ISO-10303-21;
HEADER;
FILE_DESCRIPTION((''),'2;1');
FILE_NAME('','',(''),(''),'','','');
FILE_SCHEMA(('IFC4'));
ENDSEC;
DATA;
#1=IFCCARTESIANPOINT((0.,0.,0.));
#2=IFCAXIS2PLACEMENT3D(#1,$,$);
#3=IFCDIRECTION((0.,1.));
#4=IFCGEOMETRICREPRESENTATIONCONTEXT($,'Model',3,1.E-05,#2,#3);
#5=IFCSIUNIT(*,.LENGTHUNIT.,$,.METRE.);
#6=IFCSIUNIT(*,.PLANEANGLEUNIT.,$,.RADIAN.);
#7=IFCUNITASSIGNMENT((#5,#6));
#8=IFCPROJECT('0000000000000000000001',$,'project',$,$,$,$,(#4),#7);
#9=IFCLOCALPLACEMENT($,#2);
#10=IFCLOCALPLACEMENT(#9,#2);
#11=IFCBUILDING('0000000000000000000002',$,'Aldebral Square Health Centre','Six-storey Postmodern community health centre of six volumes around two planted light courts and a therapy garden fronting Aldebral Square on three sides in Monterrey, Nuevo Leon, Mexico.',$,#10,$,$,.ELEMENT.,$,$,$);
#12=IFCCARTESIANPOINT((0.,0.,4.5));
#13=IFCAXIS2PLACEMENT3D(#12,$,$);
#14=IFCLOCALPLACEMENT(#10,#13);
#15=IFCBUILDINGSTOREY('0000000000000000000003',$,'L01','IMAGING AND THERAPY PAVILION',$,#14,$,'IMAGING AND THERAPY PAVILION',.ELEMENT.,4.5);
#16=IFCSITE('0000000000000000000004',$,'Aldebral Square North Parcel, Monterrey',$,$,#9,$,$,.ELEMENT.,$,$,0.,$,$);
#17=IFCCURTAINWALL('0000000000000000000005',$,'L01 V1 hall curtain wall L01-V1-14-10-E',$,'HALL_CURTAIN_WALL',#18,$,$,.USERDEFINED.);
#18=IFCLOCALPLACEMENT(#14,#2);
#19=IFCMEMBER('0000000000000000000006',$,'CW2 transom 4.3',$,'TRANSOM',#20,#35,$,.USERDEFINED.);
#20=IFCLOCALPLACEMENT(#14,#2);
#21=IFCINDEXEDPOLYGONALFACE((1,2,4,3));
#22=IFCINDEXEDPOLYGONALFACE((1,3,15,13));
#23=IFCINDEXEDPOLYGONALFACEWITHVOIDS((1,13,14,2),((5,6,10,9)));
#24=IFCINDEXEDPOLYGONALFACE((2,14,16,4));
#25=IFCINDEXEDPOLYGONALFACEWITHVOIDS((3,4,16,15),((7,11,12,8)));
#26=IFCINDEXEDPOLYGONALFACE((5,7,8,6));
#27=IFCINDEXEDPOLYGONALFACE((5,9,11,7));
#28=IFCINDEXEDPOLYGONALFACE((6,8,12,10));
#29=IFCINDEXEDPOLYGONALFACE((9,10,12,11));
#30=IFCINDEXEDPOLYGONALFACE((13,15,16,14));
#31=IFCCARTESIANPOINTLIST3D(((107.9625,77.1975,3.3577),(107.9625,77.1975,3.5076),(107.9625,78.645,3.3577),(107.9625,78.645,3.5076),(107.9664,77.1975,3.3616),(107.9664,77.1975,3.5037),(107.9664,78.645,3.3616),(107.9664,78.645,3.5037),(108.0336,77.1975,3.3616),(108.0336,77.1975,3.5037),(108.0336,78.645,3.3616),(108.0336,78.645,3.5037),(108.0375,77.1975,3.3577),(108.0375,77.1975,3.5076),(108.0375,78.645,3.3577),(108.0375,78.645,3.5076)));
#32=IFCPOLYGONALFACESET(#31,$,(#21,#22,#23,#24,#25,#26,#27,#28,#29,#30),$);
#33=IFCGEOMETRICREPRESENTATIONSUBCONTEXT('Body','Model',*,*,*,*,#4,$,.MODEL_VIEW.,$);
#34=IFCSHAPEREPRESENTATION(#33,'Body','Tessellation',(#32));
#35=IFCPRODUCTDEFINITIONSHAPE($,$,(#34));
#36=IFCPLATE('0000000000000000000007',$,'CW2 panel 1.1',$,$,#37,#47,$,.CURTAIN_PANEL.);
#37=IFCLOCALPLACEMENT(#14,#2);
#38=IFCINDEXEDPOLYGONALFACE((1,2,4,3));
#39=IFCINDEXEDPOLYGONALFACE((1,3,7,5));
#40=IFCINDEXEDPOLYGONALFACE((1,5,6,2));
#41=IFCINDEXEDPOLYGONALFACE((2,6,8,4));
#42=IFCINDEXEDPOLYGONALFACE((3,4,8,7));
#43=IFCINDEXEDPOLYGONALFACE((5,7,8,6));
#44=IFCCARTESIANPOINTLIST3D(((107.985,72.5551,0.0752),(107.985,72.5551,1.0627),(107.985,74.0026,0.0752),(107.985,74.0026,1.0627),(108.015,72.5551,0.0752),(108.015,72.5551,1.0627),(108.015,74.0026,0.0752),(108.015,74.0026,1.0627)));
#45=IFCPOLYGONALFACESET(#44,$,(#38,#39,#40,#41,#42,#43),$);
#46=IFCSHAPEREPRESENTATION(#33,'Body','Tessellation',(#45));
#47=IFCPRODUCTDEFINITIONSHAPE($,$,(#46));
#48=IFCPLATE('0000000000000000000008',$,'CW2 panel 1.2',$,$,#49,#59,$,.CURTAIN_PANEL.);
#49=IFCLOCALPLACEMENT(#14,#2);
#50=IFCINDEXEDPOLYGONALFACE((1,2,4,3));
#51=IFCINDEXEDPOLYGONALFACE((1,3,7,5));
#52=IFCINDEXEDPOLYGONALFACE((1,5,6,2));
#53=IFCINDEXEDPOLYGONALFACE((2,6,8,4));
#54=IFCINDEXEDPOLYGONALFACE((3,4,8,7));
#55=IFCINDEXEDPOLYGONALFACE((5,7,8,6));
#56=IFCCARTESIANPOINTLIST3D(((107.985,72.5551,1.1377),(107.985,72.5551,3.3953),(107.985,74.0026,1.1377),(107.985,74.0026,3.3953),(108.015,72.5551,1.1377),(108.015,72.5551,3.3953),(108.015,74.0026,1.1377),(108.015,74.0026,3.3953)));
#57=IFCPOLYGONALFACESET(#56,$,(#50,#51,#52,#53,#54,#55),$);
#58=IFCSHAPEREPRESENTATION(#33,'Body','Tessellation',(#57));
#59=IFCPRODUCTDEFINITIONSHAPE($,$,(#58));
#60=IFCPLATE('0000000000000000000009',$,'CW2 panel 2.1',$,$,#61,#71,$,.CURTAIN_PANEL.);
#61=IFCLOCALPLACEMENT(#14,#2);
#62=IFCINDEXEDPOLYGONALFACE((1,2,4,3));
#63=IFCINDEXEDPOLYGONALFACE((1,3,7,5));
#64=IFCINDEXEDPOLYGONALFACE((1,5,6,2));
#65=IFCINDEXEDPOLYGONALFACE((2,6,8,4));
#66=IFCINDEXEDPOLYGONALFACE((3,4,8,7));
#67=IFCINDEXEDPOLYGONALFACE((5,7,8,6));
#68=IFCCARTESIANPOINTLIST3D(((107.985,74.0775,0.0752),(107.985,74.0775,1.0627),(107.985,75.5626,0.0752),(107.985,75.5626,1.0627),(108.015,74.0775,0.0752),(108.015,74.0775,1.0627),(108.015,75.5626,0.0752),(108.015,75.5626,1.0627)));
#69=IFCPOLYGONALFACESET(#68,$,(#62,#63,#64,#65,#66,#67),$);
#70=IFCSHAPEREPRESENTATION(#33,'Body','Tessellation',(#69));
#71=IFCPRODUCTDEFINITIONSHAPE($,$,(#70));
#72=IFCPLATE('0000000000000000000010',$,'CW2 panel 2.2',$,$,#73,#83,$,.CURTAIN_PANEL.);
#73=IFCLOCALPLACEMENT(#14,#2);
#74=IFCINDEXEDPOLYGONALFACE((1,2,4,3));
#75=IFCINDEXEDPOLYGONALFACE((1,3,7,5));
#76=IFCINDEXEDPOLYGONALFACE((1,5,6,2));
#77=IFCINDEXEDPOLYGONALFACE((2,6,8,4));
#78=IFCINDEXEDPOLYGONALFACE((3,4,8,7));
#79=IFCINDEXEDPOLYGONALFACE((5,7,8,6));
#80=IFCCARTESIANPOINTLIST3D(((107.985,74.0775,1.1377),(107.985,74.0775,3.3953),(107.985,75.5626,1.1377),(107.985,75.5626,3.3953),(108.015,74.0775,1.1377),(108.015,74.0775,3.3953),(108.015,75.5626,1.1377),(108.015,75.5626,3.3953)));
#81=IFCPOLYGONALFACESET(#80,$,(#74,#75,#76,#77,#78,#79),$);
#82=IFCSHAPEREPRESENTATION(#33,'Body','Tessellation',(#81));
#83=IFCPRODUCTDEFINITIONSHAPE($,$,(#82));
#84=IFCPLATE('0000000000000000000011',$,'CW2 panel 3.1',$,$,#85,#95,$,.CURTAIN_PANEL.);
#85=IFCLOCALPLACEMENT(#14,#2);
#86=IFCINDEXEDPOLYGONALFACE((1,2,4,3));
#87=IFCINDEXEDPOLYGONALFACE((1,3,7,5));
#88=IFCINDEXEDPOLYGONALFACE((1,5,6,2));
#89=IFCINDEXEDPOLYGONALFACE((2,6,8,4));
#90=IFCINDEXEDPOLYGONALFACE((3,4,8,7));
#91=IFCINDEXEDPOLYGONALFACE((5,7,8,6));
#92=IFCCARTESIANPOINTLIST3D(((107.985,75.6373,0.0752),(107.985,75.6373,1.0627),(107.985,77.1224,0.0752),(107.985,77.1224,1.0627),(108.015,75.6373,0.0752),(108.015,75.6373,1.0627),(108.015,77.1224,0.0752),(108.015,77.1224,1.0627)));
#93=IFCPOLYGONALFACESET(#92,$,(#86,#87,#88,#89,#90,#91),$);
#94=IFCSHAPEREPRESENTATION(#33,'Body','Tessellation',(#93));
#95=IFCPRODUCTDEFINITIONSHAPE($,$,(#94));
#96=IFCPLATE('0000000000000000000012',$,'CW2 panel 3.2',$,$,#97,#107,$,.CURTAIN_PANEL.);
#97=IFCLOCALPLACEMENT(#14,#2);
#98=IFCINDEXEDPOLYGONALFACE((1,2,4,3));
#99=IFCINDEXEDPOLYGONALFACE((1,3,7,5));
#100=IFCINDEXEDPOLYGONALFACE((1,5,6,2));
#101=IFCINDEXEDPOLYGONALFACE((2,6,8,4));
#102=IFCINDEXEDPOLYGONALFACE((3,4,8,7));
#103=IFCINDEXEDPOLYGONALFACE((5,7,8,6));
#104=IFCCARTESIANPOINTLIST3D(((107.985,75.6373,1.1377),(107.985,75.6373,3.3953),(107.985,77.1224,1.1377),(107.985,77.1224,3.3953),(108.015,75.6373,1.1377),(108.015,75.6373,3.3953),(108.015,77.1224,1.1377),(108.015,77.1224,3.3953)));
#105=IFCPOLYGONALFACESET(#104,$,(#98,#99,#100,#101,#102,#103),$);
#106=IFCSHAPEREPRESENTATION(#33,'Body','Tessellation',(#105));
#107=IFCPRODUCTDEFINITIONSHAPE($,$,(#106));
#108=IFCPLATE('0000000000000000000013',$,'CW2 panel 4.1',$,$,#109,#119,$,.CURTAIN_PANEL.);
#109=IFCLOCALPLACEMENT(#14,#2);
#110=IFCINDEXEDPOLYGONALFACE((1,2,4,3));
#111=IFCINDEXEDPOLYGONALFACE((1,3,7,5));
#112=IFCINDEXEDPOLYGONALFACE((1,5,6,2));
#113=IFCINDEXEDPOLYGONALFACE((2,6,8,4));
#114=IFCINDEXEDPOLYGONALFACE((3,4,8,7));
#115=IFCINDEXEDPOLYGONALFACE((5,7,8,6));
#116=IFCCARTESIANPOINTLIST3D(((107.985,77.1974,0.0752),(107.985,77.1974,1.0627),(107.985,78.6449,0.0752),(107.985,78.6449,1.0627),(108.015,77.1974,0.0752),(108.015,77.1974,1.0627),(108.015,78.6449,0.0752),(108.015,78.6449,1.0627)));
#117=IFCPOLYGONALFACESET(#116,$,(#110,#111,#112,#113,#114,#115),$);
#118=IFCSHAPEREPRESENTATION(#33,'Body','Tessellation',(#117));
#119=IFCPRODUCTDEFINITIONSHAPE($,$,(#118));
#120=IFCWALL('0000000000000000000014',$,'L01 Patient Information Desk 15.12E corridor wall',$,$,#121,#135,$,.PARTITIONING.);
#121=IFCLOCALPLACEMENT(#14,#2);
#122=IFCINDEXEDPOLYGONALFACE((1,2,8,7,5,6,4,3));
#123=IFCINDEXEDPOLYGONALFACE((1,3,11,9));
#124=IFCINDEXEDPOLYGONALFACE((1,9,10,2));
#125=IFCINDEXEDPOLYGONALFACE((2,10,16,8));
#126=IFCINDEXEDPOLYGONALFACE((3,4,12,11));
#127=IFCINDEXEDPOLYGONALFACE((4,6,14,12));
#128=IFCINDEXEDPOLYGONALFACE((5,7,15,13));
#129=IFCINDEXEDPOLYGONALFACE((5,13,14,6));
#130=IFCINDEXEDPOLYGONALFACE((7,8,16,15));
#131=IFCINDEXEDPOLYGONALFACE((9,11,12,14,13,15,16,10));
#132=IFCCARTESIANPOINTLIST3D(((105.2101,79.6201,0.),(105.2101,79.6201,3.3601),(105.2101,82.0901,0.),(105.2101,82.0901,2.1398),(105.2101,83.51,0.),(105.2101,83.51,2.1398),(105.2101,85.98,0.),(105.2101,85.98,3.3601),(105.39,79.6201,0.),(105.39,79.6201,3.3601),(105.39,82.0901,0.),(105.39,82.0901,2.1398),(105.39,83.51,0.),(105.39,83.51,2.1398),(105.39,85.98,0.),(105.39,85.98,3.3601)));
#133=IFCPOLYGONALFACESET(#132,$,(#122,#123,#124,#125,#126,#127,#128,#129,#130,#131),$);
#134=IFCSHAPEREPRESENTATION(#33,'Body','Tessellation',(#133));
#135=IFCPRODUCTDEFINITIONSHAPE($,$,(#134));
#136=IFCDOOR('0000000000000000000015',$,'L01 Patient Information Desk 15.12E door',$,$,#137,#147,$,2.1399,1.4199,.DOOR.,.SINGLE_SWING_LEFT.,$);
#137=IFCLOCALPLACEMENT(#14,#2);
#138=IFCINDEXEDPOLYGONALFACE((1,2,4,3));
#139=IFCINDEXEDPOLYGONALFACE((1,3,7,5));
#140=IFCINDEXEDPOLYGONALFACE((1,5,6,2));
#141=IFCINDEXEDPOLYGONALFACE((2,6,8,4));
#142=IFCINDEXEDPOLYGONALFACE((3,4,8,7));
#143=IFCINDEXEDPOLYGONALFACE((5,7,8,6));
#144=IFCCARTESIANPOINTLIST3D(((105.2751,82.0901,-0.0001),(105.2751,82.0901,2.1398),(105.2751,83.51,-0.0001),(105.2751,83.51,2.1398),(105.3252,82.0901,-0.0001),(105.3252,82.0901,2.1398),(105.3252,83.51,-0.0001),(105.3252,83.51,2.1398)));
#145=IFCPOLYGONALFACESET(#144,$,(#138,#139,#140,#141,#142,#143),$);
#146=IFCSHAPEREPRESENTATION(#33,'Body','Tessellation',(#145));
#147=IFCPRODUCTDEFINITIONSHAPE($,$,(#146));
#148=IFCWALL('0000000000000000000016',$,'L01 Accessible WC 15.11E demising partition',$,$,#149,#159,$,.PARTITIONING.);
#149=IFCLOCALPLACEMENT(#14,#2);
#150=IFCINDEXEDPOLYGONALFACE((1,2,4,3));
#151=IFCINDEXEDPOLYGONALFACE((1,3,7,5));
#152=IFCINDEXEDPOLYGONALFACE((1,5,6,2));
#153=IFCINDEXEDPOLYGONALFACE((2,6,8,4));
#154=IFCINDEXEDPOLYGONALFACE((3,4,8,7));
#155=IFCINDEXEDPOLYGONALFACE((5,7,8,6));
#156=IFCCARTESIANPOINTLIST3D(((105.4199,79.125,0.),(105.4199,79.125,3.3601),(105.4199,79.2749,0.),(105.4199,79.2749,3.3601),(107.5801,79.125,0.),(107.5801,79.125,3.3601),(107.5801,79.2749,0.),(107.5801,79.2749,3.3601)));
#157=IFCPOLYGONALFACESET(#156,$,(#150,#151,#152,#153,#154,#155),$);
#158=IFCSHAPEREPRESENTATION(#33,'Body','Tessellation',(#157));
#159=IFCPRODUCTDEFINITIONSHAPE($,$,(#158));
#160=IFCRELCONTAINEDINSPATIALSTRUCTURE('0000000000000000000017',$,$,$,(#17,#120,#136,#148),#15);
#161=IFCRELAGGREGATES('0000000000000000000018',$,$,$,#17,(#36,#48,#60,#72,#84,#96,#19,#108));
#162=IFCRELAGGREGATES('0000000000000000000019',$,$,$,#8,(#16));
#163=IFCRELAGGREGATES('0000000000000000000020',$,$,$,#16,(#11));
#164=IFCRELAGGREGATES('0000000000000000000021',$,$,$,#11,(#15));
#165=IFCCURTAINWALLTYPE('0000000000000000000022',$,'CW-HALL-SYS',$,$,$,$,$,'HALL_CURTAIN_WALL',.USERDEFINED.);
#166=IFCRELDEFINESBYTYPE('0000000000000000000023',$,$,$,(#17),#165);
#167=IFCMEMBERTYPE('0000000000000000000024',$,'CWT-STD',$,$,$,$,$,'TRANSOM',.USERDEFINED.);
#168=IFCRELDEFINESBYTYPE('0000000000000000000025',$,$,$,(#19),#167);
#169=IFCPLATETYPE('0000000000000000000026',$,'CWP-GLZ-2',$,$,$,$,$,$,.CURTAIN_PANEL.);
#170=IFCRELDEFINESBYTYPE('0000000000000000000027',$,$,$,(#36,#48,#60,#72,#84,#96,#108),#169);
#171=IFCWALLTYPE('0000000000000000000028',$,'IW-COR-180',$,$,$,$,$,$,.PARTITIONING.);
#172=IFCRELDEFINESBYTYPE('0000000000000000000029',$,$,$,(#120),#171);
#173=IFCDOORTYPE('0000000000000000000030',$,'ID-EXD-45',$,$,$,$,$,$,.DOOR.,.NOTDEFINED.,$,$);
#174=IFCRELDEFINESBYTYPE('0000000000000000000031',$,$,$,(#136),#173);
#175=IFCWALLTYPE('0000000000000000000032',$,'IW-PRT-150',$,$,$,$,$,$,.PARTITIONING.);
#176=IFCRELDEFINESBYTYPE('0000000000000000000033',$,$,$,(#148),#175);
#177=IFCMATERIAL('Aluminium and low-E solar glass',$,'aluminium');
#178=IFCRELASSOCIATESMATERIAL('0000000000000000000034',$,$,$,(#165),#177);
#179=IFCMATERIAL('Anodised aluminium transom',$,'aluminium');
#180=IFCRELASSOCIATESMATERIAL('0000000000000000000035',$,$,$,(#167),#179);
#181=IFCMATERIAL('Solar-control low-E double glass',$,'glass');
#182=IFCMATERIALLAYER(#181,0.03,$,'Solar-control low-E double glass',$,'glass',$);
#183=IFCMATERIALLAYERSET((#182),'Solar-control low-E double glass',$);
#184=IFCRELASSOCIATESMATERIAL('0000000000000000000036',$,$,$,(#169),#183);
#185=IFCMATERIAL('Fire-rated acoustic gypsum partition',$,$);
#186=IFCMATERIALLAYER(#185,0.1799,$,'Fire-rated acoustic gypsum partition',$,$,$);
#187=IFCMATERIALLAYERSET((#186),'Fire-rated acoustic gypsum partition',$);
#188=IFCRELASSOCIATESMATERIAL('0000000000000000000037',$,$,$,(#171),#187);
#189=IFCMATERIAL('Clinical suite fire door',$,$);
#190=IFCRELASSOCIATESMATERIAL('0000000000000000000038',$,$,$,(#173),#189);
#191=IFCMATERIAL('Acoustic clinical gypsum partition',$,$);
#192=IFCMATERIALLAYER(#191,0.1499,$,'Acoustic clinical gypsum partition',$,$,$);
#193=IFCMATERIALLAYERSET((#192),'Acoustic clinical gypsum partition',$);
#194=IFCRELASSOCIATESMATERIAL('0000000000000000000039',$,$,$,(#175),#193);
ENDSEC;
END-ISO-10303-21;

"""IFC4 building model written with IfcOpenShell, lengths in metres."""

from ifc_helpers import new_model, si_unit, direction, frame, frame_2d, origin, origin_2d, place, context, subcontext, project, spatial, rectangle, hollow_rectangle, extrude, material, layer, layer_set, material_profile, profile_set, type_object, element, fill, aggregate, save


model = new_model("IFC4")

# Units and contexts
model_context = context("Model", 3, precision=1e-05, world=origin(), true_north=direction((0.0, 1.0)))
body_context = subcontext(model_context, "Body", "Model", "MODEL_VIEW")
ifc_project = project(units=[si_unit("LENGTHUNIT", "METRE"), si_unit("PLANEANGLEUNIT", "RADIAN")], contexts=[model_context])

# Site, building, storey
site_placement = place(None, origin())
site = spatial("IfcSite", under=ifc_project, at=site_placement, Name="Aldebral Square North Parcel, Monterrey", CompositionType="ELEMENT", RefElevation=0.0)
building_placement = place(site_placement, origin())
building = spatial("IfcBuilding", under=site, at=building_placement, Name="Aldebral Square Health Centre", Description="Six-storey Postmodern community health centre of six volumes around two planted light courts and a therapy garden fronting Aldebral Square on three sides in Monterrey, Nuevo Leon, Mexico.", CompositionType="ELEMENT")
storey_placement = place(building_placement, frame((0.0, 0.0, 4.5)))
storey = spatial("IfcBuildingStorey", under=building, at=storey_placement, Name="L01", Description="IMAGING AND THERAPY PAVILION", LongName="IMAGING AND THERAPY PAVILION", CompositionType="ELEMENT", Elevation=4.5)

# Curtain wall, member, plates
ifc_material_1 = material(Name="Aluminium and low-E solar glass", Category="aluminium")
curtain_wall_type = type_object("IfcCurtainWallType", Name="CW-HALL-SYS", ElementType="HALL_CURTAIN_WALL", PredefinedType="USERDEFINED", material=ifc_material_1)
curtain_wall_placement = place(storey_placement, origin())
curtain_wall = element("IfcCurtainWall", 1, at=curtain_wall_placement, inside=storey, type_object=curtain_wall_type, Name="L01 V1 hall curtain wall L01-V1-14-10-E", ObjectType="HALL_CURTAIN_WALL", PredefinedType="USERDEFINED")
ifc_material_2 = material(Name="Anodised aluminium transom", Category="aluminium")
ifc_material_profile_1 = material_profile(ifc_material_2, hollow_rectangle(XDim=0.075, YDim=0.1499, WallThickness=0.0039, at=origin_2d()), Name="CWT 75x150x4")
ifc_profile_set_1 = profile_set([ifc_material_profile_1], Name="Anodised aluminium transom")
member_type_1 = type_object("IfcMemberType", Name="CWT-STD", ElementType="TRANSOM", PredefinedType="USERDEFINED", material=ifc_profile_set_1)
member_1_placement = place(storey_placement, frame((108.0, 77.1975, 3.4326), z_axis=(0.0, 1.0, 0.0), x_axis=(-1.0, 0.0, 0.0)))
member_1 = element("IfcMember", 2, at=member_1_placement, type_object=member_type_1, Name="CW2 transom 4.3", ObjectType="TRANSOM", PredefinedType="USERDEFINED", context=body_context, shape_type="SweptSolid", body=[
    extrude(hollow_rectangle(XDim=0.075, YDim=0.1499, WallThickness=0.0039, at=origin_2d()), origin(), (0.0, 0.0, 1.0), 1.4475),
])
ifc_material_3 = material(Name="Solar-control low-E double glass", Category="glass")
ifc_layer_1 = layer(ifc_material_3, 0.03, Name="Solar-control low-E double glass", Category="glass")
ifc_layer_set_1 = layer_set([ifc_layer_1], Name="Solar-control low-E double glass")
plate_type = type_object("IfcPlateType", Name="CWP-GLZ-2", PredefinedType="CURTAIN_PANEL", material=ifc_layer_set_1)
plate_1_placement = place(storey_placement, frame((108.0, 73.2788, 0.0752), z_axis=(0.0, 0.0, 1.0), x_axis=(0.0, 1.0, 0.0)))
plate_1 = element("IfcPlate", 3, at=plate_1_placement, type_object=plate_type, Name="CW2 panel 1.1", PredefinedType="CURTAIN_PANEL", context=body_context, shape_type="SweptSolid", body=[
    extrude(rectangle(XDim=1.4475, YDim=0.03, at=origin_2d()), origin(), (0.0, 0.0, 1.0), 0.9875),
])
plate_2_placement = place(storey_placement, frame((108.0, 73.2788, 1.1377), z_axis=(0.0, 0.0, 1.0), x_axis=(0.0, 1.0, 0.0)))
plate_2 = element("IfcPlate", 4, at=plate_2_placement, type_object=plate_type, Name="CW2 panel 1.2", PredefinedType="CURTAIN_PANEL", context=body_context, shape_type="SweptSolid", body=[
    extrude(rectangle(XDim=1.4475, YDim=0.03, at=origin_2d()), origin(), (0.0, 0.0, 1.0), 2.2576),
])
plate_3_placement = place(storey_placement, frame((108.0, 74.8201, 0.0752), z_axis=(0.0, 0.0, 1.0), x_axis=(0.0, 1.0, 0.0)))
plate_3 = element("IfcPlate", 5, at=plate_3_placement, type_object=plate_type, Name="CW2 panel 2.1", PredefinedType="CURTAIN_PANEL", context=body_context, shape_type="SweptSolid", body=[
    extrude(rectangle(XDim=1.4851, YDim=0.03, at=origin_2d()), origin(), (0.0, 0.0, 1.0), 0.9875),
])
plate_4_placement = place(storey_placement, frame((108.0, 74.8201, 1.1377), z_axis=(0.0, 0.0, 1.0), x_axis=(0.0, 1.0, 0.0)))
plate_4 = element("IfcPlate", 6, at=plate_4_placement, type_object=plate_type, Name="CW2 panel 2.2", PredefinedType="CURTAIN_PANEL", context=body_context, shape_type="SweptSolid", body=[
    extrude(rectangle(XDim=1.4851, YDim=0.03, at=origin_2d()), origin(), (0.0, 0.0, 1.0), 2.2576),
])
plate_5_placement = place(storey_placement, frame((108.0, 76.3799, 0.0752), z_axis=(0.0, 0.0, 1.0), x_axis=(0.0, 1.0, 0.0)))
plate_5 = element("IfcPlate", 7, at=plate_5_placement, type_object=plate_type, Name="CW2 panel 3.1", PredefinedType="CURTAIN_PANEL", context=body_context, shape_type="SweptSolid", body=[
    extrude(rectangle(XDim=1.4851, YDim=0.03, at=origin_2d()), origin(), (0.0, 0.0, 1.0), 0.9875),
])
plate_6_placement = place(storey_placement, frame((108.0, 76.3799, 1.1377), z_axis=(0.0, 0.0, 1.0), x_axis=(0.0, 1.0, 0.0)))
plate_6 = element("IfcPlate", 8, at=plate_6_placement, type_object=plate_type, Name="CW2 panel 3.2", PredefinedType="CURTAIN_PANEL", context=body_context, shape_type="SweptSolid", body=[
    extrude(rectangle(XDim=1.4851, YDim=0.03, at=origin_2d()), origin(), (0.0, 0.0, 1.0), 2.2576),
])
plate_7_placement = place(storey_placement, frame((108.0, 77.9211, 0.0752), z_axis=(0.0, 0.0, 1.0), x_axis=(0.0, 1.0, 0.0)))
plate_7 = element("IfcPlate", 9, at=plate_7_placement, type_object=plate_type, Name="CW2 panel 4.1", PredefinedType="CURTAIN_PANEL", context=body_context, shape_type="SweptSolid", body=[
    extrude(rectangle(XDim=1.4475, YDim=0.03, at=origin_2d()), origin(), (0.0, 0.0, 1.0), 0.9875),
])
aggregate(curtain_wall, [plate_1, plate_2, plate_3, plate_4, plate_5, plate_6, member_1, plate_7])

# Wall, opening, door
ifc_material_4 = material(Name="Fire-rated acoustic gypsum partition")
ifc_layer_2 = layer(ifc_material_4, 0.1799, Name="Fire-rated acoustic gypsum partition")
ifc_layer_set_2 = layer_set([ifc_layer_2], Name="Fire-rated acoustic gypsum partition")
wall_type_1 = type_object("IfcWallType", Name="IW-COR-180", PredefinedType="PARTITIONING", material=ifc_layer_set_2)
wall_1_placement = place(storey_placement, frame((105.3, 79.6201, 0.0), z_axis=(0.0, 0.0, 1.0), x_axis=(0.0, 1.0, 0.0)))
wall_1 = element("IfcWall", 10, at=wall_1_placement, inside=storey, type_object=wall_type_1, Name="L01 Patient Information Desk 15.12E corridor wall", PredefinedType="PARTITIONING", context=body_context, shape_type="SweptSolid", body=[
    extrude(rectangle(XDim=6.3599, YDim=0.1799, at=frame_2d((3.1799, 0.0))), origin(), (0.0, 0.0, 1.0), 3.3601),
])
opening_placement = place(wall_1_placement, frame((2.47, 0.0, 0.0)))
opening = element("IfcOpeningElement", 11, at=opening_placement, cuts=wall_1, PredefinedType="OPENING", context=body_context, shape_type="SweptSolid", body=[
    extrude(rectangle(XDim=1.4199, YDim=2.1399, at=frame_2d((0.71, 1.0698))), frame((0.0, 0.1001, 0.0), z_axis=(0.0, -1.0, 0.0), x_axis=(1.0, 0.0, 0.0)), (0.0, 0.0, 1.0), 0.2),
])
ifc_material_5 = material(Name="Clinical suite fire door")
door_type = type_object("IfcDoorType", Name="ID-EXD-45", OperationType="NOTDEFINED", PredefinedType="DOOR", material=ifc_material_5)
door_placement = place(opening_placement, origin())
door = element("IfcDoor", 12, at=door_placement, inside=storey, type_object=door_type, Name="L01 Patient Information Desk 15.12E door", OperationType="SINGLE_SWING_LEFT", OverallHeight=2.1399, OverallWidth=1.4199, PredefinedType="DOOR", context=body_context, shape_type="SweptSolid", body=[
    extrude(rectangle(XDim=1.4199, YDim=2.1399, at=frame_2d((0.71, 1.0698))), frame((0.0, 0.0249, 0.0), z_axis=(0.0, -1.0, 0.0), x_axis=(1.0, 0.0, 0.0)), (0.0, 0.0, 1.0), 0.05),
])
fill(opening, door)

# Wall
ifc_material_6 = material(Name="Acoustic clinical gypsum partition")
ifc_layer_3 = layer(ifc_material_6, 0.1499, Name="Acoustic clinical gypsum partition")
ifc_layer_set_3 = layer_set([ifc_layer_3], Name="Acoustic clinical gypsum partition")
wall_type_2 = type_object("IfcWallType", Name="IW-PRT-150", PredefinedType="PARTITIONING", material=ifc_layer_set_3)
wall_2_placement = place(storey_placement, frame((105.4199, 79.2, 0.0), z_axis=(0.0, 0.0, 1.0), x_axis=(1.0, 0.0, 0.0)))
element("IfcWall", 13, at=wall_2_placement, inside=storey, type_object=wall_type_2, Name="L01 Accessible WC 15.11E demising partition", PredefinedType="PARTITIONING", context=body_context, shape_type="SweptSolid", body=[
    extrude(rectangle(XDim=2.1602, YDim=0.1499, at=frame_2d((1.0801, 0.0))), origin(), (0.0, 0.0, 1.0), 3.3601),
])

save(model, "model.ifc")
